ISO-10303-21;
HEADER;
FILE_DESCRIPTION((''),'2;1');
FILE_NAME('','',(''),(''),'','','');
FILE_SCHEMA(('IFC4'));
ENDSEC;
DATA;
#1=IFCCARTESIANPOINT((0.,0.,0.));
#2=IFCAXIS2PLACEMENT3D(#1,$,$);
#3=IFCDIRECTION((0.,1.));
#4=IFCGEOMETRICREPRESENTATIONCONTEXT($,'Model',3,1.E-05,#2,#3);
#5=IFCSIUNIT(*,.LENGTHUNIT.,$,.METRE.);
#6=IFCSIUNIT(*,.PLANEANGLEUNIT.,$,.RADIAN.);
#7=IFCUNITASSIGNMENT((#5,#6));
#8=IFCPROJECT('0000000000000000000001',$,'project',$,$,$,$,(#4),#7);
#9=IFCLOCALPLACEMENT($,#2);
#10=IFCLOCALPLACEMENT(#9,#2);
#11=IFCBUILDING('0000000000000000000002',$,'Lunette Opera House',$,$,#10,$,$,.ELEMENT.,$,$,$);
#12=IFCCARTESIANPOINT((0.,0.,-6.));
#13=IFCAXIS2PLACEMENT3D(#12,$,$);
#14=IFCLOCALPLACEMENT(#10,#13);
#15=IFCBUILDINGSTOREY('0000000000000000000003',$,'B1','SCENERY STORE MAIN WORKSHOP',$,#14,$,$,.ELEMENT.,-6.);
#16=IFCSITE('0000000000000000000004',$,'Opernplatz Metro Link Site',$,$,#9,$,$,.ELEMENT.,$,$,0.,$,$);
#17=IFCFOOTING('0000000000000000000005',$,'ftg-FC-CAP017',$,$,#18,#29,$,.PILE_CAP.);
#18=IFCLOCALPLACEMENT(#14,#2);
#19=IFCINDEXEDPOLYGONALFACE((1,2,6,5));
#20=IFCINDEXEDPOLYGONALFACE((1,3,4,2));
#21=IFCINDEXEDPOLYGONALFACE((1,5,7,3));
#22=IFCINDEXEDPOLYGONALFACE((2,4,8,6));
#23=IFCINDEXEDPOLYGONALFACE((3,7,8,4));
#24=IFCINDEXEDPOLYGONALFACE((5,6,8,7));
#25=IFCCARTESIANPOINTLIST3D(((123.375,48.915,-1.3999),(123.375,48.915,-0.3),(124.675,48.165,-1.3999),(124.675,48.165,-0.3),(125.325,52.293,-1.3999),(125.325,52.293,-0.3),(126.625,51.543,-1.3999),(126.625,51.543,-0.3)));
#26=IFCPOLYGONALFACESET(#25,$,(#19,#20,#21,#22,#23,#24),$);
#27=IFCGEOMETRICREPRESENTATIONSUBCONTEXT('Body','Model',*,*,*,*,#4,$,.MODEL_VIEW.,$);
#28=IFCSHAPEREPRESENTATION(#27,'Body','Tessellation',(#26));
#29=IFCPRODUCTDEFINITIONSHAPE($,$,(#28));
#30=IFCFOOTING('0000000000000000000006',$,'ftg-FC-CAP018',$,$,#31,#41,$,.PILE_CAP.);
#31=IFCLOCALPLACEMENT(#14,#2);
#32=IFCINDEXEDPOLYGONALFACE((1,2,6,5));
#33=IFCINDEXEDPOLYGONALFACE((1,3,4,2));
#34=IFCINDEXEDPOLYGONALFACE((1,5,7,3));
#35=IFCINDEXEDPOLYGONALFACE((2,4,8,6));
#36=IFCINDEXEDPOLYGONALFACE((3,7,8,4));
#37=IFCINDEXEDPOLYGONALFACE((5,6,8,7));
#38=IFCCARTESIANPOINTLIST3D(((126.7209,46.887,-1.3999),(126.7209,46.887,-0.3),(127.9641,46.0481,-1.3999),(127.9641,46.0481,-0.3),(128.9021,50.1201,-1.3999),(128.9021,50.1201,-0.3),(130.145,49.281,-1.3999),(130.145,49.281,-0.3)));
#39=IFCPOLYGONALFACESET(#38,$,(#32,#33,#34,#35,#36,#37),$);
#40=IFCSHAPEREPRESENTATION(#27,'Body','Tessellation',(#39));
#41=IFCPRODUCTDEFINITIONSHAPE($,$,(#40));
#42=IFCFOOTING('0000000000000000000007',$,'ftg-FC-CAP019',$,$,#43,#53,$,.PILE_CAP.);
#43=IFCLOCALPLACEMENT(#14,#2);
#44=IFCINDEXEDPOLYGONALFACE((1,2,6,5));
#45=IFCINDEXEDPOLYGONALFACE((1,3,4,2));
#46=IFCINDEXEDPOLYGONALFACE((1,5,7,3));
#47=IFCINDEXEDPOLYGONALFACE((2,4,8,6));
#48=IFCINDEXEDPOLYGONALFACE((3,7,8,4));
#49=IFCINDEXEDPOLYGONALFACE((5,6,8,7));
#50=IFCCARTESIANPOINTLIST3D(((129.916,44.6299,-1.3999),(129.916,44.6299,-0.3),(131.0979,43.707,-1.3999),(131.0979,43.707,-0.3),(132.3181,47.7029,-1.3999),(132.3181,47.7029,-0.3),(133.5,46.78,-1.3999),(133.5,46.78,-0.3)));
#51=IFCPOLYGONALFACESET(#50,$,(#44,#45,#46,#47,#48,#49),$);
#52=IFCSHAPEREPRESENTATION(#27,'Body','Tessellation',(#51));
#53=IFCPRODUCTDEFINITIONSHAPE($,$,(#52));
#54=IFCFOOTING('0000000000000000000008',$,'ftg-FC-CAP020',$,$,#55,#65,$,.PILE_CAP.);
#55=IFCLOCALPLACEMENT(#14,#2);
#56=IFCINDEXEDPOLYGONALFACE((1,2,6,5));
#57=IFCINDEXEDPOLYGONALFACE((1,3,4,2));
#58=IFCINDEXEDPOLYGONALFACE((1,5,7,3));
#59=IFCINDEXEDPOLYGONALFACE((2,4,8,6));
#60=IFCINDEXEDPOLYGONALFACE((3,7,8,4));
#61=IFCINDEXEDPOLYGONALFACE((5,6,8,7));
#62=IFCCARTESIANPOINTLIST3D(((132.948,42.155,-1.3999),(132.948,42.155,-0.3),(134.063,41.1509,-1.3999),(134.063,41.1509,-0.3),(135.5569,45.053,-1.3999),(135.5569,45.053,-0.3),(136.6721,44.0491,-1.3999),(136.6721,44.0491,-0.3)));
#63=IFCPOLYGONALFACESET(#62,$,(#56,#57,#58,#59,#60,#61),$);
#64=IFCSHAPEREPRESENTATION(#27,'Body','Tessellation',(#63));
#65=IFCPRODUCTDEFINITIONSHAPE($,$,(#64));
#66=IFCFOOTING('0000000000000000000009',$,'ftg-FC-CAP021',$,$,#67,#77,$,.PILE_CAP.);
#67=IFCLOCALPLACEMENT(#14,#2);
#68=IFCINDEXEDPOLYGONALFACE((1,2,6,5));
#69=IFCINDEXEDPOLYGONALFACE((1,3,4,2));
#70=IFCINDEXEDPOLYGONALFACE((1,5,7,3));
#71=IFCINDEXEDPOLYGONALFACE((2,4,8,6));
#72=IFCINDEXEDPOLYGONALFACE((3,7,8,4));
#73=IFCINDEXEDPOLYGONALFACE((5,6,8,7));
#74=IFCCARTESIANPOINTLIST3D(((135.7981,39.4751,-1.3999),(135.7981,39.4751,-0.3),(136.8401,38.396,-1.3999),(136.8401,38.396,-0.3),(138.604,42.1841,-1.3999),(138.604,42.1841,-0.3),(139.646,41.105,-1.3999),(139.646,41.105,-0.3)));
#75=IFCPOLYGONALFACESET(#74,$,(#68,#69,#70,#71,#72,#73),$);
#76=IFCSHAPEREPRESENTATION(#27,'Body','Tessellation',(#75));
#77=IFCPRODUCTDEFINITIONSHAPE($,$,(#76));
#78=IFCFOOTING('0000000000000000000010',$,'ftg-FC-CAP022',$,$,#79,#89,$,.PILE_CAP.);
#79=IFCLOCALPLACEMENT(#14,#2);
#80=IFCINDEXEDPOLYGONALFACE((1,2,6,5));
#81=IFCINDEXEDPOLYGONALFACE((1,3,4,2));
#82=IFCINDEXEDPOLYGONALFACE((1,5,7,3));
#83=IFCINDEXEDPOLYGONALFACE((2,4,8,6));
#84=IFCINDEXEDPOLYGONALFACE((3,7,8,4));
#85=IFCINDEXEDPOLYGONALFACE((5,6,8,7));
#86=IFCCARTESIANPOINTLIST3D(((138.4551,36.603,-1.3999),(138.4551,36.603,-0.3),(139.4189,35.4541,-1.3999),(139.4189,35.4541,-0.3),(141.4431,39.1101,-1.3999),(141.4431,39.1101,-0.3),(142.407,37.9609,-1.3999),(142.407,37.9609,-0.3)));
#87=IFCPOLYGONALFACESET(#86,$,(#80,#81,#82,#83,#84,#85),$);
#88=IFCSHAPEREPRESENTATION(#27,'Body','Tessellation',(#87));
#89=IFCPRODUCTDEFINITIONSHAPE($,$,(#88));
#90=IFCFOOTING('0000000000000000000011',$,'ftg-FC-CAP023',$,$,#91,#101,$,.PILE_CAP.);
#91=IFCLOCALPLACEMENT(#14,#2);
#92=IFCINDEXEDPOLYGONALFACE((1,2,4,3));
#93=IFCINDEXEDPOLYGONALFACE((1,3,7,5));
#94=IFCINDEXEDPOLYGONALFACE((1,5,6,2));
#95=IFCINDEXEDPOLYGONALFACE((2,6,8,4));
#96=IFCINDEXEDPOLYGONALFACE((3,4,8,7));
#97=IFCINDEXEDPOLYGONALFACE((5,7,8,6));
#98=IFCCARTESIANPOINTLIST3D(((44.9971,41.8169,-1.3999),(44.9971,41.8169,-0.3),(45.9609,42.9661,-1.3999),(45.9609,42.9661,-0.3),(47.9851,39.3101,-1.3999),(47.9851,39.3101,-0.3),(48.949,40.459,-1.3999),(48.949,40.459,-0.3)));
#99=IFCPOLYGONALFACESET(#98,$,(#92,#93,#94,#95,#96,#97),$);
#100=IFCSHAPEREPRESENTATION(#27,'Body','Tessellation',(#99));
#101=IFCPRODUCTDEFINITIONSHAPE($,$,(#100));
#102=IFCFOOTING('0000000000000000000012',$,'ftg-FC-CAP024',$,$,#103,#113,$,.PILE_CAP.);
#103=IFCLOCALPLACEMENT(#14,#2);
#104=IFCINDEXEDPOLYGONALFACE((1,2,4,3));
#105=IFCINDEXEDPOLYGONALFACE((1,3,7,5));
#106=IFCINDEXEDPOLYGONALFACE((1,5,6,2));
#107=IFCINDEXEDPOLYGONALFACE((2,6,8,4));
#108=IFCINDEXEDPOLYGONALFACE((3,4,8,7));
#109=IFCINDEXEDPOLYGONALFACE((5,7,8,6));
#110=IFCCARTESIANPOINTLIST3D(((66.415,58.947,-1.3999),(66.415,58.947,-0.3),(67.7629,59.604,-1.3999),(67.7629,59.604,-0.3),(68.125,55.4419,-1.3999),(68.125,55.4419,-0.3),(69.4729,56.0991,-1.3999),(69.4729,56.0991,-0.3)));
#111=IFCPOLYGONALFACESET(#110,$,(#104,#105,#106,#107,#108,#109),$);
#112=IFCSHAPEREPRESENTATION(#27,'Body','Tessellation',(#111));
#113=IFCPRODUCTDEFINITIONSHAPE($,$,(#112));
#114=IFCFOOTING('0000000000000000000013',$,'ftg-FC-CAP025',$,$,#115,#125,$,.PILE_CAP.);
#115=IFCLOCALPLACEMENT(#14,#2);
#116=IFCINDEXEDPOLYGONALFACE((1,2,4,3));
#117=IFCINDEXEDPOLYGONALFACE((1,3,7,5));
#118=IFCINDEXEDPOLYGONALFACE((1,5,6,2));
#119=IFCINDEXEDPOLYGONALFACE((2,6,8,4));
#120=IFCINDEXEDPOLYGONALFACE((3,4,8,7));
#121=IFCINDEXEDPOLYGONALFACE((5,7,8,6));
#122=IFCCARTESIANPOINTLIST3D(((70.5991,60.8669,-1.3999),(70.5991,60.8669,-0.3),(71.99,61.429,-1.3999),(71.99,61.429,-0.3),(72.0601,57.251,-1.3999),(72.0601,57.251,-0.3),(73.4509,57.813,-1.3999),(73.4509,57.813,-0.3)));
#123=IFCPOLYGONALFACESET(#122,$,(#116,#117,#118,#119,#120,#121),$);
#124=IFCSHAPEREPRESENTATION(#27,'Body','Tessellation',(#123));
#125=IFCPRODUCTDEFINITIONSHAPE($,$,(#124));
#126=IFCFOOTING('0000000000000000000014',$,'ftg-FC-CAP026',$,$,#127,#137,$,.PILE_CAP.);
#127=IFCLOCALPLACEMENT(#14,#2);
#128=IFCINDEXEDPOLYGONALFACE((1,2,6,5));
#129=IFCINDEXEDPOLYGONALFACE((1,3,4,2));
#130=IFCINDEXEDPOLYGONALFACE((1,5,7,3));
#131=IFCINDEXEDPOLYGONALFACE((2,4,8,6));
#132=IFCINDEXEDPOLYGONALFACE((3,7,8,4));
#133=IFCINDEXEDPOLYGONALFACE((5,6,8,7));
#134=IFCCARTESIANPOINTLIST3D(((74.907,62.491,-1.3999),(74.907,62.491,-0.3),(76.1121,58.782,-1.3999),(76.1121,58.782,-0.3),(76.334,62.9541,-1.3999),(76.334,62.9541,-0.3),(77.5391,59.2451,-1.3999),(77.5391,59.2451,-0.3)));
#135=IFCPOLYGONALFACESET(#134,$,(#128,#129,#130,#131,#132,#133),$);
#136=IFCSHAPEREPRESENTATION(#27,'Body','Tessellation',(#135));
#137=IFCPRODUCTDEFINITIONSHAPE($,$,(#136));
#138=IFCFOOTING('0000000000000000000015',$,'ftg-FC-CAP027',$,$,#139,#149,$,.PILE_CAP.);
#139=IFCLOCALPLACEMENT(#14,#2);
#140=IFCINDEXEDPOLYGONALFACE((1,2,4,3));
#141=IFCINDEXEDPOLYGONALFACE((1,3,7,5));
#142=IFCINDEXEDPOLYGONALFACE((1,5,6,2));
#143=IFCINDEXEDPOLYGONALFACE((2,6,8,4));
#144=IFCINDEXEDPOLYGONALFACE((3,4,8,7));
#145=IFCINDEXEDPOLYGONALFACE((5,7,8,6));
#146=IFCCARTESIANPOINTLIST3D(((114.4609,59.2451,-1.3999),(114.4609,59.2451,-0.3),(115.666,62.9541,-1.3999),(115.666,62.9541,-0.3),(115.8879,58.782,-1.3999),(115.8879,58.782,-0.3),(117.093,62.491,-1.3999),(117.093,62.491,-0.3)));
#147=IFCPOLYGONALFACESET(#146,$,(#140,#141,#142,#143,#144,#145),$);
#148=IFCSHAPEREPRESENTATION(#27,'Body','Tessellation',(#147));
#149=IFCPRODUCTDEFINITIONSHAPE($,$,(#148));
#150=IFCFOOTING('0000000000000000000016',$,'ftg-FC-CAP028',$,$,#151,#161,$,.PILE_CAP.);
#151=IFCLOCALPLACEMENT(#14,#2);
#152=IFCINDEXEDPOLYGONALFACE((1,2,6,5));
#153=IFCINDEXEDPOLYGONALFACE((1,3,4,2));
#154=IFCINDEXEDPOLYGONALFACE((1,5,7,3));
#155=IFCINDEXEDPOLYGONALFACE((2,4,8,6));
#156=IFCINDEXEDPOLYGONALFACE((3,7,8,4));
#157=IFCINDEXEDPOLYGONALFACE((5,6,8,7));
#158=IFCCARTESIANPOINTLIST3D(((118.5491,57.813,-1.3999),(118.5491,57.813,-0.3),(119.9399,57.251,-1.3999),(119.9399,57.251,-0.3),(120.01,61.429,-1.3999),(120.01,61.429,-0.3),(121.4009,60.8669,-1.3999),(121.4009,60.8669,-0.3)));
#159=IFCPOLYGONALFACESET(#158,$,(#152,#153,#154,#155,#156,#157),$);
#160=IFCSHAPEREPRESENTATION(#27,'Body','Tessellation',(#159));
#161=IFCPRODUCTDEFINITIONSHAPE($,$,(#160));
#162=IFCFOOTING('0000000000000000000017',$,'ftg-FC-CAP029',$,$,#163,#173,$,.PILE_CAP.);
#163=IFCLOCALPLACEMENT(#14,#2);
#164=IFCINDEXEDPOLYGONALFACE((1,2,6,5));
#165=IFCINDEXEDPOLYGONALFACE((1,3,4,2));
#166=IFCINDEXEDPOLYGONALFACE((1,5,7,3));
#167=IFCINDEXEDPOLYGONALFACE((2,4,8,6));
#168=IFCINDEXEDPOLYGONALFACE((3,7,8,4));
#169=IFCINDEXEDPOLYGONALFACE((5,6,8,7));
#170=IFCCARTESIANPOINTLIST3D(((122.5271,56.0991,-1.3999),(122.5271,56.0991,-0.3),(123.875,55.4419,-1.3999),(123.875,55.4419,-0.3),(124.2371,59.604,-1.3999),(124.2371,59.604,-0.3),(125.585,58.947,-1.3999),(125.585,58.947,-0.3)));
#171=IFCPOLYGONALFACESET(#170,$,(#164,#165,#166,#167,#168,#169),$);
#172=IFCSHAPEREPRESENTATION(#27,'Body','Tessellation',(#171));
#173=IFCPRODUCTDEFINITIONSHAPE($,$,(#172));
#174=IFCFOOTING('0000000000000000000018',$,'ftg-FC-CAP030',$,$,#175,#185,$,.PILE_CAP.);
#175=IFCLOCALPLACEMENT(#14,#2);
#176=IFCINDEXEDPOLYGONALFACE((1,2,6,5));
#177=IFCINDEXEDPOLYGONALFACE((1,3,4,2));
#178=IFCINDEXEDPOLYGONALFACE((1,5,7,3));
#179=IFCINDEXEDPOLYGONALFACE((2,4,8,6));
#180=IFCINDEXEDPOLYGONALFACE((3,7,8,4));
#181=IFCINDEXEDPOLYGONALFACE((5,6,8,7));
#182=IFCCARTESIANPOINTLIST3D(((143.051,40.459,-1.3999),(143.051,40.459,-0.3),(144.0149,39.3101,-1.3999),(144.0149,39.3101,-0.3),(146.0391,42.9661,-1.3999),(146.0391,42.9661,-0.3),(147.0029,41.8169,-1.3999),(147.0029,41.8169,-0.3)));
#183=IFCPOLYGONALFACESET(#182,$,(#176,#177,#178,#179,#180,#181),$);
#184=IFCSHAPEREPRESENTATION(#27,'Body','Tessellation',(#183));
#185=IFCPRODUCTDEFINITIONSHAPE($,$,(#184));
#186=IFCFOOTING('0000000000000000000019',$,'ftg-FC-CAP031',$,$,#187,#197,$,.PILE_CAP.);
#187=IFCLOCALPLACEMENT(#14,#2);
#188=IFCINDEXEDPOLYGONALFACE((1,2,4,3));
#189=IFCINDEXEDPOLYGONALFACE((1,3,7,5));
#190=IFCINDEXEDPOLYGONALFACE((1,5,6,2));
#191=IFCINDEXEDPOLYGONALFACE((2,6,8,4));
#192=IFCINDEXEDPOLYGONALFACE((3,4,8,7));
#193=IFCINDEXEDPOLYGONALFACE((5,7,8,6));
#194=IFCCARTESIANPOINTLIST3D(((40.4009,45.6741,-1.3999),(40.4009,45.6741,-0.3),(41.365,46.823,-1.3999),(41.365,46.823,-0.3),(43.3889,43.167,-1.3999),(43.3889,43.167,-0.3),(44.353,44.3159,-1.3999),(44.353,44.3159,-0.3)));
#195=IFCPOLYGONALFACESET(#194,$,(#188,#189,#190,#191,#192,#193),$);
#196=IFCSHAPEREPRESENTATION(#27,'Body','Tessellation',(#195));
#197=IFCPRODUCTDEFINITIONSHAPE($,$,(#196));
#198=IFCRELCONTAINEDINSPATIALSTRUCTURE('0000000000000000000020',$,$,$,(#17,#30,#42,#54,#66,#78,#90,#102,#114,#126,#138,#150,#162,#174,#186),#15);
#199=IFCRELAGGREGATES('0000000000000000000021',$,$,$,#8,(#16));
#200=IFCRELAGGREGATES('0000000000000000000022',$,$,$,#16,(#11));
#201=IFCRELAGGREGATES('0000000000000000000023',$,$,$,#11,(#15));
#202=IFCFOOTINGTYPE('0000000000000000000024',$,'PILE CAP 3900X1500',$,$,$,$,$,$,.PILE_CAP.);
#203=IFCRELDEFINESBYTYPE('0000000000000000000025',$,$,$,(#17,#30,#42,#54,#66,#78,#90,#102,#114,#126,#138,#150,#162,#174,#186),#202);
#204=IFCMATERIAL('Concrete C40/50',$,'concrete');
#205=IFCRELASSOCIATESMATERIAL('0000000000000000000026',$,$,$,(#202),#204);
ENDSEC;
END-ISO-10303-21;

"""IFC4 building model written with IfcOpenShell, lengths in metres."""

from ifc_helpers import new_model, si_unit, direction, frame, origin, place, context, subcontext, project, spatial, polyline, outline, extrude, material, type_object, element, save


model = new_model("IFC4")

# Units and contexts
model_context = context("Model", 3, precision=1e-05, world=origin(), true_north=direction((0.0, 1.0)))
body_context = subcontext(model_context, "Body", "Model", "MODEL_VIEW")
ifc_project = project(units=[si_unit("LENGTHUNIT", "METRE"), si_unit("PLANEANGLEUNIT", "RADIAN")], contexts=[model_context])

# Site, building, storey
site_placement = place(None, origin())
site = spatial("IfcSite", under=ifc_project, at=site_placement, Name="Opernplatz Metro Link Site", CompositionType="ELEMENT", RefElevation=0.0)
building_placement = place(site_placement, origin())
building = spatial("IfcBuilding", under=site, at=building_placement, Name="Lunette Opera House", CompositionType="ELEMENT")
storey_placement = place(building_placement, frame((0.0, 0.0, -6.0)))
storey = spatial("IfcBuildingStorey", under=building, at=storey_placement, Name="B1", Description="SCENERY STORE MAIN WORKSHOP", CompositionType="ELEMENT", Elevation=-6.0)

# Footings
ifc_material = material(Name="Concrete C40/50", Category="concrete")
footing_type = type_object("IfcFootingType", Name="PILE CAP 3900X1500", PredefinedType="PILE_CAP", material=ifc_material)
footing_1_placement = place(storey_placement, frame((0.0, 0.0, -1.3999)))
element("IfcFooting", 1, at=footing_1_placement, inside=storey, type_object=footing_type, Name="ftg-FC-CAP017", PredefinedType="PILE_CAP", context=body_context, shape_type="SweptSolid", body=[
    extrude(outline(polyline([(123.375, 48.915), (124.675, 48.165), (126.625, 51.543), (125.325, 52.293), (123.375, 48.915)])), origin(), (0.0, 0.0, 1.0), 1.0999),
])
footing_2_placement = place(storey_placement, frame((0.0, 0.0, -1.3999)))
element("IfcFooting", 2, at=footing_2_placement, inside=storey, type_object=footing_type, Name="ftg-FC-CAP018", PredefinedType="PILE_CAP", context=body_context, shape_type="SweptSolid", body=[
    extrude(outline(polyline([(126.7209, 46.887), (127.9641, 46.0481), (130.145, 49.281), (128.9021, 50.1201), (126.7209, 46.887)])), origin(), (0.0, 0.0, 1.0), 1.0999),
])
footing_3_placement = place(storey_placement, frame((0.0, 0.0, -1.3999)))
element("IfcFooting", 3, at=footing_3_placement, inside=storey, type_object=footing_type, Name="ftg-FC-CAP019", PredefinedType="PILE_CAP", context=body_context, shape_type="SweptSolid", body=[
    extrude(outline(polyline([(129.916, 44.6299), (131.0979, 43.707), (133.5, 46.78), (132.3181, 47.7029), (129.916, 44.6299)])), origin(), (0.0, 0.0, 1.0), 1.0999),
])
footing_4_placement = place(storey_placement, frame((0.0, 0.0, -1.3999)))
element("IfcFooting", 4, at=footing_4_placement, inside=storey, type_object=footing_type, Name="ftg-FC-CAP020", PredefinedType="PILE_CAP", context=body_context, shape_type="SweptSolid", body=[
    extrude(outline(polyline([(132.948, 42.155), (134.063, 41.1509), (136.6721, 44.0491), (135.5569, 45.053), (132.948, 42.155)])), origin(), (0.0, 0.0, 1.0), 1.0999),
])
footing_5_placement = place(storey_placement, frame((0.0, 0.0, -1.3999)))
element("IfcFooting", 5, at=footing_5_placement, inside=storey, type_object=footing_type, Name="ftg-FC-CAP021", PredefinedType="PILE_CAP", context=body_context, shape_type="SweptSolid", body=[
    extrude(outline(polyline([(135.7981, 39.4751), (136.8401, 38.396), (139.646, 41.105), (138.604, 42.1841), (135.7981, 39.4751)])), origin(), (0.0, 0.0, 1.0), 1.0999),
])
footing_6_placement = place(storey_placement, frame((0.0, 0.0, -1.3999)))
element("IfcFooting", 6, at=footing_6_placement, inside=storey, type_object=footing_type, Name="ftg-FC-CAP022", PredefinedType="PILE_CAP", context=body_context, shape_type="SweptSolid", body=[
    extrude(outline(polyline([(138.4551, 36.603), (139.4189, 35.4541), (142.407, 37.9609), (141.4431, 39.1101), (138.4551, 36.603)])), origin(), (0.0, 0.0, 1.0), 1.0999),
])
footing_7_placement = place(storey_placement, frame((0.0, 0.0, -1.3999)))
element("IfcFooting", 7, at=footing_7_placement, inside=storey, type_object=footing_type, Name="ftg-FC-CAP023", PredefinedType="PILE_CAP", context=body_context, shape_type="SweptSolid", body=[
    extrude(outline(polyline([(47.9851, 39.3101), (48.949, 40.459), (45.9609, 42.9661), (44.9971, 41.8169), (47.9851, 39.3101)])), origin(), (0.0, 0.0, 1.0), 1.0999),
])
footing_8_placement = place(storey_placement, frame((0.0, 0.0, -1.3999)))
element("IfcFooting", 8, at=footing_8_placement, inside=storey, type_object=footing_type, Name="ftg-FC-CAP024", PredefinedType="PILE_CAP", context=body_context, shape_type="SweptSolid", body=[
    extrude(outline(polyline([(68.125, 55.4419), (69.4729, 56.0991), (67.7629, 59.604), (66.415, 58.947), (68.125, 55.4419)])), origin(), (0.0, 0.0, 1.0), 1.0999),
])
footing_9_placement = place(storey_placement, frame((0.0, 0.0, -1.3999)))
element("IfcFooting", 9, at=footing_9_placement, inside=storey, type_object=footing_type, Name="ftg-FC-CAP025", PredefinedType="PILE_CAP", context=body_context, shape_type="SweptSolid", body=[
    extrude(outline(polyline([(72.0601, 57.251), (73.4509, 57.813), (71.99, 61.429), (70.5991, 60.8669), (72.0601, 57.251)])), origin(), (0.0, 0.0, 1.0), 1.0999),
])
footing_10_placement = place(storey_placement, frame((0.0, 0.0, -1.3999)))
element("IfcFooting", 10, at=footing_10_placement, inside=storey, type_object=footing_type, Name="ftg-FC-CAP026", PredefinedType="PILE_CAP", context=body_context, shape_type="SweptSolid", body=[
    extrude(outline(polyline([(76.1121, 58.782), (77.5391, 59.2451), (76.334, 62.9541), (74.907, 62.491), (76.1121, 58.782)])), origin(), (0.0, 0.0, 1.0), 1.0999),
])
footing_11_placement = place(storey_placement, frame((0.0, 0.0, -1.3999)))
element("IfcFooting", 11, at=footing_11_placement, inside=storey, type_object=footing_type, Name="ftg-FC-CAP027", PredefinedType="PILE_CAP", context=body_context, shape_type="SweptSolid", body=[
    extrude(outline(polyline([(114.4609, 59.2451), (115.8879, 58.782), (117.093, 62.491), (115.666, 62.9541), (114.4609, 59.2451)])), origin(), (0.0, 0.0, 1.0), 1.0999),
])
footing_12_placement = place(storey_placement, frame((0.0, 0.0, -1.3999)))
element("IfcFooting", 12, at=footing_12_placement, inside=storey, type_object=footing_type, Name="ftg-FC-CAP028", PredefinedType="PILE_CAP", context=body_context, shape_type="SweptSolid", body=[
    extrude(outline(polyline([(118.5491, 57.813), (119.9399, 57.251), (121.4009, 60.8669), (120.01, 61.429), (118.5491, 57.813)])), origin(), (0.0, 0.0, 1.0), 1.0999),
])
footing_13_placement = place(storey_placement, frame((0.0, 0.0, -1.3999)))
element("IfcFooting", 13, at=footing_13_placement, inside=storey, type_object=footing_type, Name="ftg-FC-CAP029", PredefinedType="PILE_CAP", context=body_context, shape_type="SweptSolid", body=[
    extrude(outline(polyline([(122.5271, 56.0991), (123.875, 55.4419), (125.585, 58.947), (124.2371, 59.604), (122.5271, 56.0991)])), origin(), (0.0, 0.0, 1.0), 1.0999),
])
footing_14_placement = place(storey_placement, frame((0.0, 0.0, -1.3999)))
element("IfcFooting", 14, at=footing_14_placement, inside=storey, type_object=footing_type, Name="ftg-FC-CAP030", PredefinedType="PILE_CAP", context=body_context, shape_type="SweptSolid", body=[
    extrude(outline(polyline([(143.051, 40.459), (144.0149, 39.3101), (147.0029, 41.8169), (146.0391, 42.9661), (143.051, 40.459)])), origin(), (0.0, 0.0, 1.0), 1.0999),
])
footing_15_placement = place(storey_placement, frame((0.0, 0.0, -1.3999)))
element("IfcFooting", 15, at=footing_15_placement, inside=storey, type_object=footing_type, Name="ftg-FC-CAP031", PredefinedType="PILE_CAP", context=body_context, shape_type="SweptSolid", body=[
    extrude(outline(polyline([(43.3889, 43.167), (44.353, 44.3159), (41.365, 46.823), (40.4009, 45.6741), (43.3889, 43.167)])), origin(), (0.0, 0.0, 1.0), 1.0999),
])

save(model, "model.ifc")
